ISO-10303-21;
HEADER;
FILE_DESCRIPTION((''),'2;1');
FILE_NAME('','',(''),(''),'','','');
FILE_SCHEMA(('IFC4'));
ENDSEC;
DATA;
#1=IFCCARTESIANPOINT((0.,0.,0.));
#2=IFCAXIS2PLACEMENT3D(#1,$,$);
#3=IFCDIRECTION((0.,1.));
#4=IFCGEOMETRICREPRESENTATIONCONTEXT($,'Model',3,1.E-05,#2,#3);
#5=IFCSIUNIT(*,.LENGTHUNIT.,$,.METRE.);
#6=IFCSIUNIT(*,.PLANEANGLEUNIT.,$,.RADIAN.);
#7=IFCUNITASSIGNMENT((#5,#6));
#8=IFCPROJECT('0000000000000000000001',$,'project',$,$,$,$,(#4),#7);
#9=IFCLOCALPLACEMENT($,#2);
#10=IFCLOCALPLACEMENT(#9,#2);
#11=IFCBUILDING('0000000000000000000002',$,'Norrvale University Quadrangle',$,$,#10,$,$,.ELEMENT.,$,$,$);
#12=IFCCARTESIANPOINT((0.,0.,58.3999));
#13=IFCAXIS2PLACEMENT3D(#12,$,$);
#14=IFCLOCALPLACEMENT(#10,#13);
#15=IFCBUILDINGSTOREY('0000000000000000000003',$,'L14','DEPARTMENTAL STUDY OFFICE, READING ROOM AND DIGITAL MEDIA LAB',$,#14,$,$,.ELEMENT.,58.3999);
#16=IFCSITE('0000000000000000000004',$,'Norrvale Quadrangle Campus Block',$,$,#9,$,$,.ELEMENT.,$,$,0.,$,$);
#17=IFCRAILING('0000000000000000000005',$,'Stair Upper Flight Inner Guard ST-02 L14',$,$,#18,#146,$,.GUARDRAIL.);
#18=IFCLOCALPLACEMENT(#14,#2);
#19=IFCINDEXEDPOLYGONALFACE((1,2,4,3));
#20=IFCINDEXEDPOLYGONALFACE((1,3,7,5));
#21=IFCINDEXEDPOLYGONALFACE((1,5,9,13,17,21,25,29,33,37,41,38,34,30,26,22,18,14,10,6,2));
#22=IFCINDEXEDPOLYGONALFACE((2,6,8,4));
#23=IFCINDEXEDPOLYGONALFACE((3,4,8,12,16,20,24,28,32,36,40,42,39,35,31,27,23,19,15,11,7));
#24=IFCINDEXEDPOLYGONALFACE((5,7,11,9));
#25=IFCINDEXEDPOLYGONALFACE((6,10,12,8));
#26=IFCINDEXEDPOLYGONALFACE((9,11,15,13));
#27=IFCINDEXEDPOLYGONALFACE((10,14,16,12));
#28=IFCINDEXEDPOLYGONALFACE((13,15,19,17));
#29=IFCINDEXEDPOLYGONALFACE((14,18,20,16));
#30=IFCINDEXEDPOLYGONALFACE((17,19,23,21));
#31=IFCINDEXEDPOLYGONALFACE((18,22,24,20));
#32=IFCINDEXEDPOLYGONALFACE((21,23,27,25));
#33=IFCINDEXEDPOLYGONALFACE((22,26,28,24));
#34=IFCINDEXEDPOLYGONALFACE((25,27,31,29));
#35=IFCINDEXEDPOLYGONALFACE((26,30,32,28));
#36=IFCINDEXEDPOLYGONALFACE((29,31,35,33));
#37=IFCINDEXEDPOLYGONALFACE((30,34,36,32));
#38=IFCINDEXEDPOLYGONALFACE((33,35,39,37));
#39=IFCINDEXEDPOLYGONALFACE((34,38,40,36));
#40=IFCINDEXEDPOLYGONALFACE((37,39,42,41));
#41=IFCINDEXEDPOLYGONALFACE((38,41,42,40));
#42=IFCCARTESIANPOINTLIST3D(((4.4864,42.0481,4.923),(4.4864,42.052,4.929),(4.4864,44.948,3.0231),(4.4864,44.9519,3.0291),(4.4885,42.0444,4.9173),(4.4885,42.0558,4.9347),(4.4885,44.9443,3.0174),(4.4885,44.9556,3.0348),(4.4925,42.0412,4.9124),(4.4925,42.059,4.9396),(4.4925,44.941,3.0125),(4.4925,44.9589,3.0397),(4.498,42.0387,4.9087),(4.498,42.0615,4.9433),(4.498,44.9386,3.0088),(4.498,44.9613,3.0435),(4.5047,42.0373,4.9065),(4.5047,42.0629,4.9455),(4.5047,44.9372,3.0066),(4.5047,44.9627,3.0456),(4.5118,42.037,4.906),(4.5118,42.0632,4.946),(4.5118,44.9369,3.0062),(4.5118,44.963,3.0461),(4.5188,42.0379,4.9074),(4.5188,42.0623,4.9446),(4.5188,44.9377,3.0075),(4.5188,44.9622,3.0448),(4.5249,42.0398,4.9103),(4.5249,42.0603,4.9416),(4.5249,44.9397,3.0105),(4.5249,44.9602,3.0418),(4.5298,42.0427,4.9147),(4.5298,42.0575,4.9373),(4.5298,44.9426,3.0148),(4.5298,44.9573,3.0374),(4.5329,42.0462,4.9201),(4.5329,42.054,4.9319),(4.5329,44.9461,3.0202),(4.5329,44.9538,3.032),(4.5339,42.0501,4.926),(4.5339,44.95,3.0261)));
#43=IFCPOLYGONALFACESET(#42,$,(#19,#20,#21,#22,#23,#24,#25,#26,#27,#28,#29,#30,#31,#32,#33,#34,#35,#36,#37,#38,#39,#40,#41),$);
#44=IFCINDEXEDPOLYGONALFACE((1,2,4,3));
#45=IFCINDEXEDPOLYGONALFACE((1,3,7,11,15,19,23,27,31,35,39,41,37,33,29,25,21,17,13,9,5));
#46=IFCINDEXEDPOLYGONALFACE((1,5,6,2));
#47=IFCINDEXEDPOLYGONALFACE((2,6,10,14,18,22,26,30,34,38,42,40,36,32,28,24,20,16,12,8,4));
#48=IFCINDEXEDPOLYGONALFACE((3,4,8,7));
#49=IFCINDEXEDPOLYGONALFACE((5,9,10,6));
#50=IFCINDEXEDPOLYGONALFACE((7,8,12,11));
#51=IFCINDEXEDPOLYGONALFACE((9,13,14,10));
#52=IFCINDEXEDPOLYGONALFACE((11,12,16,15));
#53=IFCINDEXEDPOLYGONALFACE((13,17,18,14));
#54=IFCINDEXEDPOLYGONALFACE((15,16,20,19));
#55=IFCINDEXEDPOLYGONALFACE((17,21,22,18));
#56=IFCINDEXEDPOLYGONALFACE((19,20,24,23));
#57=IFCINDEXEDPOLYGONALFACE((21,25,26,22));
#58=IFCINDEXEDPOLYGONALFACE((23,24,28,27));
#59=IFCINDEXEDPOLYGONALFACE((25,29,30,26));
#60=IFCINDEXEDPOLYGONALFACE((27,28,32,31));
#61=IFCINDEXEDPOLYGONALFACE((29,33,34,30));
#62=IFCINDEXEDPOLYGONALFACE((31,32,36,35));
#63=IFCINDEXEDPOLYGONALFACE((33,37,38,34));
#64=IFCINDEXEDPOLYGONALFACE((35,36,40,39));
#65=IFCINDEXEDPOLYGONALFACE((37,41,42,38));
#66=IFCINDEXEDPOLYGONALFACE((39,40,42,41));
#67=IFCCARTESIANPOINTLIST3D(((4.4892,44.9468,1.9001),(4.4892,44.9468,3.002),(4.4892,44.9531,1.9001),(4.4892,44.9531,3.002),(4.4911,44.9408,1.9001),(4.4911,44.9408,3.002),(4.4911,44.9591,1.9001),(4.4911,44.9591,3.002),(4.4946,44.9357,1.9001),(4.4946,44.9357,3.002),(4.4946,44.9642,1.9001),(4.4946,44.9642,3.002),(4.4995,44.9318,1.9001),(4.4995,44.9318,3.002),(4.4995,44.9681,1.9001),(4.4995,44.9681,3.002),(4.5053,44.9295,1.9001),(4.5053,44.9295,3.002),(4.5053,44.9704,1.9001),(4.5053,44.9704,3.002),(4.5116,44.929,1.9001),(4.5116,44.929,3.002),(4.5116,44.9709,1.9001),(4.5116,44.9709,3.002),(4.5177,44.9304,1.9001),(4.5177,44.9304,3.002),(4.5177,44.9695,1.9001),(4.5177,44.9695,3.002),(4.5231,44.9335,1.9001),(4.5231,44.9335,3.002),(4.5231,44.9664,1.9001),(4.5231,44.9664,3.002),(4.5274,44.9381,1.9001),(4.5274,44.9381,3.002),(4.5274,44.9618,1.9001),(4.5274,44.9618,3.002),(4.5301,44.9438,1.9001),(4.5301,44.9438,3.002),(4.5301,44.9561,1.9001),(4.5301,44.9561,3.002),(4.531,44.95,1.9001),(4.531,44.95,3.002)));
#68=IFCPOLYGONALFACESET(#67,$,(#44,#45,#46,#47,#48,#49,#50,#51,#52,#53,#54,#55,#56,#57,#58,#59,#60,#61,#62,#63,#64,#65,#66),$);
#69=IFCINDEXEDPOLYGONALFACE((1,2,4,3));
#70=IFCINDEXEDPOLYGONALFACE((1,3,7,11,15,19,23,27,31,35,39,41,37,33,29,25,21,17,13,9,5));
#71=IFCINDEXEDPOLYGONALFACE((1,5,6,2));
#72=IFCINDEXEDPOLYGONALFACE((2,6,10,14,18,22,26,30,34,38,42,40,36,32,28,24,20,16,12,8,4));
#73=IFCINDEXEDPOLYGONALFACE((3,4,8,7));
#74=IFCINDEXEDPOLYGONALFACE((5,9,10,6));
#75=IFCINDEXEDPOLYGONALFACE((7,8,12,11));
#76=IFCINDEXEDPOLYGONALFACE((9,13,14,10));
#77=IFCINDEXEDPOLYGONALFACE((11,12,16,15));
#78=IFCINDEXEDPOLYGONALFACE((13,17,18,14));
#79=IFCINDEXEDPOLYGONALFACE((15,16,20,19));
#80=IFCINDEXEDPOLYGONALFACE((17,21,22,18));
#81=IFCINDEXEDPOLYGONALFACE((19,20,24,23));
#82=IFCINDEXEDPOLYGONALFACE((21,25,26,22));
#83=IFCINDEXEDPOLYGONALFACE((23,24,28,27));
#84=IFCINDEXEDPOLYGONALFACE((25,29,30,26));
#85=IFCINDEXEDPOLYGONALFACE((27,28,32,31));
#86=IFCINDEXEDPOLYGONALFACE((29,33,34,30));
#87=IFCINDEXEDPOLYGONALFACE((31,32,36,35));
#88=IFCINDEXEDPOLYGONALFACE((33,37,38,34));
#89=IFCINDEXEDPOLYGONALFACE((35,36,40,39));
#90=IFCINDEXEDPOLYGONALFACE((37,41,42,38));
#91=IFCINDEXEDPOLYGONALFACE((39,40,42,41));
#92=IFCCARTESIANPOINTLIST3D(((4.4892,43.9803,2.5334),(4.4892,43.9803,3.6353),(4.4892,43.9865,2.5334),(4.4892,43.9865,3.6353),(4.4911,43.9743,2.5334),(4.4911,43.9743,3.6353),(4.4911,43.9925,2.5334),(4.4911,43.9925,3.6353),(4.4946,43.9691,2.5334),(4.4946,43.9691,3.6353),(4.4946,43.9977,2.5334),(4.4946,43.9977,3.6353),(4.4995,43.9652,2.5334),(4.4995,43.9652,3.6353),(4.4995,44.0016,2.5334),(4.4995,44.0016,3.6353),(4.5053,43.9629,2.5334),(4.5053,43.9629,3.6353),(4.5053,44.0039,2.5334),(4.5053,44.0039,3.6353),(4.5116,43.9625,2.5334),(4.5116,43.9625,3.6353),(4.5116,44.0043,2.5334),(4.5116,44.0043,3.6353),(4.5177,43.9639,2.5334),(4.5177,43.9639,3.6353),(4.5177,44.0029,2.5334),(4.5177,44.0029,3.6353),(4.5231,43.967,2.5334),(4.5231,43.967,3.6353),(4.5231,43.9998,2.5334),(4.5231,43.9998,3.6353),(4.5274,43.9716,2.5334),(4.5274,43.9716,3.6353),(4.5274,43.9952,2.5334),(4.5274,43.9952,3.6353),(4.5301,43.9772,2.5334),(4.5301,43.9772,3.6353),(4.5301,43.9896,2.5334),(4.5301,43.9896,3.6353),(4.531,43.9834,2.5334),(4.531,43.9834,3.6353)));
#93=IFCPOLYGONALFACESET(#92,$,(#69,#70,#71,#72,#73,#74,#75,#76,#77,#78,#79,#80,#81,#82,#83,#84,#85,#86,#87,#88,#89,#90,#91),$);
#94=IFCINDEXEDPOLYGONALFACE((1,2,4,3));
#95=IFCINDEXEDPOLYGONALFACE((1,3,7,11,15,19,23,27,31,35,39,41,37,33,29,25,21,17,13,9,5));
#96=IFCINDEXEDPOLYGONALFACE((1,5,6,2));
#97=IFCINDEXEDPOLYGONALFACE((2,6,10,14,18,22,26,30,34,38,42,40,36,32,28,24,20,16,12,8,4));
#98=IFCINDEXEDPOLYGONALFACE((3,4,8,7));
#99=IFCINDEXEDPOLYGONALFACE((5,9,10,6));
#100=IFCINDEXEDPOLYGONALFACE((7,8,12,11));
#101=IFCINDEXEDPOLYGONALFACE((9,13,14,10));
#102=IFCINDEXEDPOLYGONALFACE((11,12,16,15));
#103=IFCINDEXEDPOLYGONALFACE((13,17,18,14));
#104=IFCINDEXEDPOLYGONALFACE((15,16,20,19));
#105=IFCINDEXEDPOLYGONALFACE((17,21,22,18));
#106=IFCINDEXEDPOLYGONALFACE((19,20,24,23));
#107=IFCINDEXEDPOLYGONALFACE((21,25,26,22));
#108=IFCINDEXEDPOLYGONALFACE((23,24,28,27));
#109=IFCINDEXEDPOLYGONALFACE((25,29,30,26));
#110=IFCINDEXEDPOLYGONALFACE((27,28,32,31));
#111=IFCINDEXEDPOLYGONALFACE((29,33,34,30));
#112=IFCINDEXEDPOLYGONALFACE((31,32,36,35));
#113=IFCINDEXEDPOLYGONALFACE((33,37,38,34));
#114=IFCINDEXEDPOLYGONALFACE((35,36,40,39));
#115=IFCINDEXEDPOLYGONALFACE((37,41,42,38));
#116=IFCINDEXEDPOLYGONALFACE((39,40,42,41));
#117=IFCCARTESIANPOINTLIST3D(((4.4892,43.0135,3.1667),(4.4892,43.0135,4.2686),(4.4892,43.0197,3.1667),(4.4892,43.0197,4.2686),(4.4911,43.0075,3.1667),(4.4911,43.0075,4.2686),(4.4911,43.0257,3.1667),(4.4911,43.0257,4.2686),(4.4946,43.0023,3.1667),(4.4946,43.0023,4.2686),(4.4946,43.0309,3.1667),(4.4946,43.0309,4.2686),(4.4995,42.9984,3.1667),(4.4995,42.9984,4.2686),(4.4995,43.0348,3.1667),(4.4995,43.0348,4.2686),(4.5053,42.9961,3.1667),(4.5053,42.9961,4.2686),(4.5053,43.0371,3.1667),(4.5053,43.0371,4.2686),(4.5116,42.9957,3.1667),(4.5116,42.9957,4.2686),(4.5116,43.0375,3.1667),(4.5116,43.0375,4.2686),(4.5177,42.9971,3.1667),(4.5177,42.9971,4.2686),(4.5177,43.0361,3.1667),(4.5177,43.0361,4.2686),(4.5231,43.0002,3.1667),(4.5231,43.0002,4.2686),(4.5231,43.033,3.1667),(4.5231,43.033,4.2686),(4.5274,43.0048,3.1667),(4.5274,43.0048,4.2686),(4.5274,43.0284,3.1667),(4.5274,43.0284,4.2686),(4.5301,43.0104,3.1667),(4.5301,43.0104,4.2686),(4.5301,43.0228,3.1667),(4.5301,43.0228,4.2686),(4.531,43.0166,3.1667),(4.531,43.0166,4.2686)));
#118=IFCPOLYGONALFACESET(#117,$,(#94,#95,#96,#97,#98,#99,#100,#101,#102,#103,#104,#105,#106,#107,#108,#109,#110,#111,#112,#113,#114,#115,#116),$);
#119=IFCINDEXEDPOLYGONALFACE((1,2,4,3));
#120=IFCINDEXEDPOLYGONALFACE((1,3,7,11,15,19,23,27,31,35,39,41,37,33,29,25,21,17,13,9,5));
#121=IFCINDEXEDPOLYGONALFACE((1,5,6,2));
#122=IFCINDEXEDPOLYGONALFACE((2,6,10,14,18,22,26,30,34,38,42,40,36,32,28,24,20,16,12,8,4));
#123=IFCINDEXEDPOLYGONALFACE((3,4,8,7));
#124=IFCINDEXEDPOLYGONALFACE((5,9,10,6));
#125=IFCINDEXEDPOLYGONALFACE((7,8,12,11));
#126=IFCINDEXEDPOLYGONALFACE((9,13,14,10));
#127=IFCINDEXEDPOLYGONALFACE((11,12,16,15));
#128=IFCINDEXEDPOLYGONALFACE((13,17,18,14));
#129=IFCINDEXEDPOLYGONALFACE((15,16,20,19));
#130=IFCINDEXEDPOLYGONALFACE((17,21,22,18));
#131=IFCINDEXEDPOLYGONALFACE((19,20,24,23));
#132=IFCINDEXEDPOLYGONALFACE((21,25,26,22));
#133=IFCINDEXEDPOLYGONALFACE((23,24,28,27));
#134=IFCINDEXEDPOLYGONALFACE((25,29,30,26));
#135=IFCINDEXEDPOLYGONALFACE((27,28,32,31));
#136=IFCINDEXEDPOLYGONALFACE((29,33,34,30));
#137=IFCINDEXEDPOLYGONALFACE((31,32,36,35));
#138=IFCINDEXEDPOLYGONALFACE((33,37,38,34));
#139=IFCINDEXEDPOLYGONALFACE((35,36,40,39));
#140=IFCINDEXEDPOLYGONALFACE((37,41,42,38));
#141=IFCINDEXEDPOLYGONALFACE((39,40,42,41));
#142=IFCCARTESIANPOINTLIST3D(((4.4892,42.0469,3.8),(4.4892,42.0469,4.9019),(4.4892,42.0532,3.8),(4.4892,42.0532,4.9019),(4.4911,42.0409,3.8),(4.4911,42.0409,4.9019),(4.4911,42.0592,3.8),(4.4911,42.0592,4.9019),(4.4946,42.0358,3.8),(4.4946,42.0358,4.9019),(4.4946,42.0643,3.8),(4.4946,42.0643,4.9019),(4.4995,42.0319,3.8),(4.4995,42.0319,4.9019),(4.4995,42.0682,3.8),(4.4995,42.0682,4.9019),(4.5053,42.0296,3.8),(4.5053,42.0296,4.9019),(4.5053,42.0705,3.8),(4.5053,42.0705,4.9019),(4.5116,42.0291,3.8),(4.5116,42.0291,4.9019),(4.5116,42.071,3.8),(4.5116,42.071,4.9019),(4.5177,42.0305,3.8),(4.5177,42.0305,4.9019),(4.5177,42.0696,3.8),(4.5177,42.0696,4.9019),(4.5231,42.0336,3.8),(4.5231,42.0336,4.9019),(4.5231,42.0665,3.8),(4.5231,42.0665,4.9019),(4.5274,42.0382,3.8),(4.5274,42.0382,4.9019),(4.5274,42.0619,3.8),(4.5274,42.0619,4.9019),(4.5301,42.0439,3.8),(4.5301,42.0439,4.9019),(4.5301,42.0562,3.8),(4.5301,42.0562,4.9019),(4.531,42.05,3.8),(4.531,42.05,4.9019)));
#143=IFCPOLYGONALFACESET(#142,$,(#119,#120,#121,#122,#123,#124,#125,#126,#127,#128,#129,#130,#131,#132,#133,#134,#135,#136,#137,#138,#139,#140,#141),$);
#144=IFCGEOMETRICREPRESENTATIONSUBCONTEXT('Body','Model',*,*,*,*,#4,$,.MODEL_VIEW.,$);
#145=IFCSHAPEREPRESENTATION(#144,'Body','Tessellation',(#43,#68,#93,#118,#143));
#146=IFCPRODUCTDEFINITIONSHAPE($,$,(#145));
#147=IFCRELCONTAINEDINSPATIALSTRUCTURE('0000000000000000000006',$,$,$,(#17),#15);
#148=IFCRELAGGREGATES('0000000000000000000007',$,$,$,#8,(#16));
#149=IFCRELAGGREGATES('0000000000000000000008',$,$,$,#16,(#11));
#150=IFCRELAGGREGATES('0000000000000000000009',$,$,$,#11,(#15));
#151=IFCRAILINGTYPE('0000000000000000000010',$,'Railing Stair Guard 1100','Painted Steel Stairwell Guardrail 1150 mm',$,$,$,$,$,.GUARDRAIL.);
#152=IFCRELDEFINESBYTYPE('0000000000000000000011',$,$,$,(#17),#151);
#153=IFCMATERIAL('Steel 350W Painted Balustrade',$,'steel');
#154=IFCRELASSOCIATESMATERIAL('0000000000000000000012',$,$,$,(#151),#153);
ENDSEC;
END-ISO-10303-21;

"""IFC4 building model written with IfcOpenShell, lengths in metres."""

from ifc_helpers import new_model, si_unit, direction, frame, origin, origin_2d, place, context, subcontext, project, spatial, circle, extrude, material, type_object, element, save


model = new_model("IFC4")

# Units and contexts
model_context = context("Model", 3, precision=1e-05, world=origin(), true_north=direction((0.0, 1.0)))
body_context = subcontext(model_context, "Body", "Model", "MODEL_VIEW")
ifc_project = project(units=[si_unit("LENGTHUNIT", "METRE"), si_unit("PLANEANGLEUNIT", "RADIAN")], contexts=[model_context])

# Site, building, storey
site_placement = place(None, origin())
site = spatial("IfcSite", under=ifc_project, at=site_placement, Name="Norrvale Quadrangle Campus Block", CompositionType="ELEMENT", RefElevation=0.0)
building_placement = place(site_placement, origin())
building = spatial("IfcBuilding", under=site, at=building_placement, Name="Norrvale University Quadrangle", CompositionType="ELEMENT")
storey_placement = place(building_placement, frame((0.0, 0.0, 58.3999)))
storey = spatial("IfcBuildingStorey", under=building, at=storey_placement, Name="L14", Description="DEPARTMENTAL STUDY OFFICE, READING ROOM AND DIGITAL MEDIA LAB", CompositionType="ELEMENT", Elevation=58.3999)

# Railing
ifc_material_1 = material(Name="Steel 350W Painted Balustrade", Category="steel")
railing_type_1 = type_object("IfcRailingType", Name="Railing Stair Guard 1100", Description="Painted Steel Stairwell Guardrail 1150 mm", PredefinedType="GUARDRAIL", material=ifc_material_1)
railing_1_placement = place(storey_placement, frame((4.51, 44.95, 1.9001)))
element("IfcRailing", 1, at=railing_1_placement, inside=storey, type_object=railing_type_1, Name="Stair Upper Flight Inner Guard ST-02 L14", PredefinedType="GUARDRAIL", context=body_context, shape_type="SweptSolid", body=[
    extrude(circle(Radius=0.0239, at=origin_2d()), frame((0.0, 0.0, 1.126), z_axis=(0.0, -0.836466, 0.548019), x_axis=(1.0, 0.0, 0.0)), (0.0, 0.0, 1.0), 3.4668),
    extrude(circle(Radius=0.021, at=origin_2d()), origin(), (0.0, 0.0, 1.0), 1.1018),
    extrude(circle(Radius=0.021, at=origin_2d()), frame((0.0, -0.9666, 0.6333)), (0.0, 0.0, 1.0), 1.1018),
    extrude(circle(Radius=0.021, at=origin_2d()), frame((0.0, -1.9333, 1.2666)), (0.0, 0.0, 1.0), 1.1018),
    extrude(circle(Radius=0.021, at=origin_2d()), frame((0.0, -2.8999, 1.8999)), (0.0, 0.0, 1.0), 1.1018),
])

save(model, "model.ifc")
